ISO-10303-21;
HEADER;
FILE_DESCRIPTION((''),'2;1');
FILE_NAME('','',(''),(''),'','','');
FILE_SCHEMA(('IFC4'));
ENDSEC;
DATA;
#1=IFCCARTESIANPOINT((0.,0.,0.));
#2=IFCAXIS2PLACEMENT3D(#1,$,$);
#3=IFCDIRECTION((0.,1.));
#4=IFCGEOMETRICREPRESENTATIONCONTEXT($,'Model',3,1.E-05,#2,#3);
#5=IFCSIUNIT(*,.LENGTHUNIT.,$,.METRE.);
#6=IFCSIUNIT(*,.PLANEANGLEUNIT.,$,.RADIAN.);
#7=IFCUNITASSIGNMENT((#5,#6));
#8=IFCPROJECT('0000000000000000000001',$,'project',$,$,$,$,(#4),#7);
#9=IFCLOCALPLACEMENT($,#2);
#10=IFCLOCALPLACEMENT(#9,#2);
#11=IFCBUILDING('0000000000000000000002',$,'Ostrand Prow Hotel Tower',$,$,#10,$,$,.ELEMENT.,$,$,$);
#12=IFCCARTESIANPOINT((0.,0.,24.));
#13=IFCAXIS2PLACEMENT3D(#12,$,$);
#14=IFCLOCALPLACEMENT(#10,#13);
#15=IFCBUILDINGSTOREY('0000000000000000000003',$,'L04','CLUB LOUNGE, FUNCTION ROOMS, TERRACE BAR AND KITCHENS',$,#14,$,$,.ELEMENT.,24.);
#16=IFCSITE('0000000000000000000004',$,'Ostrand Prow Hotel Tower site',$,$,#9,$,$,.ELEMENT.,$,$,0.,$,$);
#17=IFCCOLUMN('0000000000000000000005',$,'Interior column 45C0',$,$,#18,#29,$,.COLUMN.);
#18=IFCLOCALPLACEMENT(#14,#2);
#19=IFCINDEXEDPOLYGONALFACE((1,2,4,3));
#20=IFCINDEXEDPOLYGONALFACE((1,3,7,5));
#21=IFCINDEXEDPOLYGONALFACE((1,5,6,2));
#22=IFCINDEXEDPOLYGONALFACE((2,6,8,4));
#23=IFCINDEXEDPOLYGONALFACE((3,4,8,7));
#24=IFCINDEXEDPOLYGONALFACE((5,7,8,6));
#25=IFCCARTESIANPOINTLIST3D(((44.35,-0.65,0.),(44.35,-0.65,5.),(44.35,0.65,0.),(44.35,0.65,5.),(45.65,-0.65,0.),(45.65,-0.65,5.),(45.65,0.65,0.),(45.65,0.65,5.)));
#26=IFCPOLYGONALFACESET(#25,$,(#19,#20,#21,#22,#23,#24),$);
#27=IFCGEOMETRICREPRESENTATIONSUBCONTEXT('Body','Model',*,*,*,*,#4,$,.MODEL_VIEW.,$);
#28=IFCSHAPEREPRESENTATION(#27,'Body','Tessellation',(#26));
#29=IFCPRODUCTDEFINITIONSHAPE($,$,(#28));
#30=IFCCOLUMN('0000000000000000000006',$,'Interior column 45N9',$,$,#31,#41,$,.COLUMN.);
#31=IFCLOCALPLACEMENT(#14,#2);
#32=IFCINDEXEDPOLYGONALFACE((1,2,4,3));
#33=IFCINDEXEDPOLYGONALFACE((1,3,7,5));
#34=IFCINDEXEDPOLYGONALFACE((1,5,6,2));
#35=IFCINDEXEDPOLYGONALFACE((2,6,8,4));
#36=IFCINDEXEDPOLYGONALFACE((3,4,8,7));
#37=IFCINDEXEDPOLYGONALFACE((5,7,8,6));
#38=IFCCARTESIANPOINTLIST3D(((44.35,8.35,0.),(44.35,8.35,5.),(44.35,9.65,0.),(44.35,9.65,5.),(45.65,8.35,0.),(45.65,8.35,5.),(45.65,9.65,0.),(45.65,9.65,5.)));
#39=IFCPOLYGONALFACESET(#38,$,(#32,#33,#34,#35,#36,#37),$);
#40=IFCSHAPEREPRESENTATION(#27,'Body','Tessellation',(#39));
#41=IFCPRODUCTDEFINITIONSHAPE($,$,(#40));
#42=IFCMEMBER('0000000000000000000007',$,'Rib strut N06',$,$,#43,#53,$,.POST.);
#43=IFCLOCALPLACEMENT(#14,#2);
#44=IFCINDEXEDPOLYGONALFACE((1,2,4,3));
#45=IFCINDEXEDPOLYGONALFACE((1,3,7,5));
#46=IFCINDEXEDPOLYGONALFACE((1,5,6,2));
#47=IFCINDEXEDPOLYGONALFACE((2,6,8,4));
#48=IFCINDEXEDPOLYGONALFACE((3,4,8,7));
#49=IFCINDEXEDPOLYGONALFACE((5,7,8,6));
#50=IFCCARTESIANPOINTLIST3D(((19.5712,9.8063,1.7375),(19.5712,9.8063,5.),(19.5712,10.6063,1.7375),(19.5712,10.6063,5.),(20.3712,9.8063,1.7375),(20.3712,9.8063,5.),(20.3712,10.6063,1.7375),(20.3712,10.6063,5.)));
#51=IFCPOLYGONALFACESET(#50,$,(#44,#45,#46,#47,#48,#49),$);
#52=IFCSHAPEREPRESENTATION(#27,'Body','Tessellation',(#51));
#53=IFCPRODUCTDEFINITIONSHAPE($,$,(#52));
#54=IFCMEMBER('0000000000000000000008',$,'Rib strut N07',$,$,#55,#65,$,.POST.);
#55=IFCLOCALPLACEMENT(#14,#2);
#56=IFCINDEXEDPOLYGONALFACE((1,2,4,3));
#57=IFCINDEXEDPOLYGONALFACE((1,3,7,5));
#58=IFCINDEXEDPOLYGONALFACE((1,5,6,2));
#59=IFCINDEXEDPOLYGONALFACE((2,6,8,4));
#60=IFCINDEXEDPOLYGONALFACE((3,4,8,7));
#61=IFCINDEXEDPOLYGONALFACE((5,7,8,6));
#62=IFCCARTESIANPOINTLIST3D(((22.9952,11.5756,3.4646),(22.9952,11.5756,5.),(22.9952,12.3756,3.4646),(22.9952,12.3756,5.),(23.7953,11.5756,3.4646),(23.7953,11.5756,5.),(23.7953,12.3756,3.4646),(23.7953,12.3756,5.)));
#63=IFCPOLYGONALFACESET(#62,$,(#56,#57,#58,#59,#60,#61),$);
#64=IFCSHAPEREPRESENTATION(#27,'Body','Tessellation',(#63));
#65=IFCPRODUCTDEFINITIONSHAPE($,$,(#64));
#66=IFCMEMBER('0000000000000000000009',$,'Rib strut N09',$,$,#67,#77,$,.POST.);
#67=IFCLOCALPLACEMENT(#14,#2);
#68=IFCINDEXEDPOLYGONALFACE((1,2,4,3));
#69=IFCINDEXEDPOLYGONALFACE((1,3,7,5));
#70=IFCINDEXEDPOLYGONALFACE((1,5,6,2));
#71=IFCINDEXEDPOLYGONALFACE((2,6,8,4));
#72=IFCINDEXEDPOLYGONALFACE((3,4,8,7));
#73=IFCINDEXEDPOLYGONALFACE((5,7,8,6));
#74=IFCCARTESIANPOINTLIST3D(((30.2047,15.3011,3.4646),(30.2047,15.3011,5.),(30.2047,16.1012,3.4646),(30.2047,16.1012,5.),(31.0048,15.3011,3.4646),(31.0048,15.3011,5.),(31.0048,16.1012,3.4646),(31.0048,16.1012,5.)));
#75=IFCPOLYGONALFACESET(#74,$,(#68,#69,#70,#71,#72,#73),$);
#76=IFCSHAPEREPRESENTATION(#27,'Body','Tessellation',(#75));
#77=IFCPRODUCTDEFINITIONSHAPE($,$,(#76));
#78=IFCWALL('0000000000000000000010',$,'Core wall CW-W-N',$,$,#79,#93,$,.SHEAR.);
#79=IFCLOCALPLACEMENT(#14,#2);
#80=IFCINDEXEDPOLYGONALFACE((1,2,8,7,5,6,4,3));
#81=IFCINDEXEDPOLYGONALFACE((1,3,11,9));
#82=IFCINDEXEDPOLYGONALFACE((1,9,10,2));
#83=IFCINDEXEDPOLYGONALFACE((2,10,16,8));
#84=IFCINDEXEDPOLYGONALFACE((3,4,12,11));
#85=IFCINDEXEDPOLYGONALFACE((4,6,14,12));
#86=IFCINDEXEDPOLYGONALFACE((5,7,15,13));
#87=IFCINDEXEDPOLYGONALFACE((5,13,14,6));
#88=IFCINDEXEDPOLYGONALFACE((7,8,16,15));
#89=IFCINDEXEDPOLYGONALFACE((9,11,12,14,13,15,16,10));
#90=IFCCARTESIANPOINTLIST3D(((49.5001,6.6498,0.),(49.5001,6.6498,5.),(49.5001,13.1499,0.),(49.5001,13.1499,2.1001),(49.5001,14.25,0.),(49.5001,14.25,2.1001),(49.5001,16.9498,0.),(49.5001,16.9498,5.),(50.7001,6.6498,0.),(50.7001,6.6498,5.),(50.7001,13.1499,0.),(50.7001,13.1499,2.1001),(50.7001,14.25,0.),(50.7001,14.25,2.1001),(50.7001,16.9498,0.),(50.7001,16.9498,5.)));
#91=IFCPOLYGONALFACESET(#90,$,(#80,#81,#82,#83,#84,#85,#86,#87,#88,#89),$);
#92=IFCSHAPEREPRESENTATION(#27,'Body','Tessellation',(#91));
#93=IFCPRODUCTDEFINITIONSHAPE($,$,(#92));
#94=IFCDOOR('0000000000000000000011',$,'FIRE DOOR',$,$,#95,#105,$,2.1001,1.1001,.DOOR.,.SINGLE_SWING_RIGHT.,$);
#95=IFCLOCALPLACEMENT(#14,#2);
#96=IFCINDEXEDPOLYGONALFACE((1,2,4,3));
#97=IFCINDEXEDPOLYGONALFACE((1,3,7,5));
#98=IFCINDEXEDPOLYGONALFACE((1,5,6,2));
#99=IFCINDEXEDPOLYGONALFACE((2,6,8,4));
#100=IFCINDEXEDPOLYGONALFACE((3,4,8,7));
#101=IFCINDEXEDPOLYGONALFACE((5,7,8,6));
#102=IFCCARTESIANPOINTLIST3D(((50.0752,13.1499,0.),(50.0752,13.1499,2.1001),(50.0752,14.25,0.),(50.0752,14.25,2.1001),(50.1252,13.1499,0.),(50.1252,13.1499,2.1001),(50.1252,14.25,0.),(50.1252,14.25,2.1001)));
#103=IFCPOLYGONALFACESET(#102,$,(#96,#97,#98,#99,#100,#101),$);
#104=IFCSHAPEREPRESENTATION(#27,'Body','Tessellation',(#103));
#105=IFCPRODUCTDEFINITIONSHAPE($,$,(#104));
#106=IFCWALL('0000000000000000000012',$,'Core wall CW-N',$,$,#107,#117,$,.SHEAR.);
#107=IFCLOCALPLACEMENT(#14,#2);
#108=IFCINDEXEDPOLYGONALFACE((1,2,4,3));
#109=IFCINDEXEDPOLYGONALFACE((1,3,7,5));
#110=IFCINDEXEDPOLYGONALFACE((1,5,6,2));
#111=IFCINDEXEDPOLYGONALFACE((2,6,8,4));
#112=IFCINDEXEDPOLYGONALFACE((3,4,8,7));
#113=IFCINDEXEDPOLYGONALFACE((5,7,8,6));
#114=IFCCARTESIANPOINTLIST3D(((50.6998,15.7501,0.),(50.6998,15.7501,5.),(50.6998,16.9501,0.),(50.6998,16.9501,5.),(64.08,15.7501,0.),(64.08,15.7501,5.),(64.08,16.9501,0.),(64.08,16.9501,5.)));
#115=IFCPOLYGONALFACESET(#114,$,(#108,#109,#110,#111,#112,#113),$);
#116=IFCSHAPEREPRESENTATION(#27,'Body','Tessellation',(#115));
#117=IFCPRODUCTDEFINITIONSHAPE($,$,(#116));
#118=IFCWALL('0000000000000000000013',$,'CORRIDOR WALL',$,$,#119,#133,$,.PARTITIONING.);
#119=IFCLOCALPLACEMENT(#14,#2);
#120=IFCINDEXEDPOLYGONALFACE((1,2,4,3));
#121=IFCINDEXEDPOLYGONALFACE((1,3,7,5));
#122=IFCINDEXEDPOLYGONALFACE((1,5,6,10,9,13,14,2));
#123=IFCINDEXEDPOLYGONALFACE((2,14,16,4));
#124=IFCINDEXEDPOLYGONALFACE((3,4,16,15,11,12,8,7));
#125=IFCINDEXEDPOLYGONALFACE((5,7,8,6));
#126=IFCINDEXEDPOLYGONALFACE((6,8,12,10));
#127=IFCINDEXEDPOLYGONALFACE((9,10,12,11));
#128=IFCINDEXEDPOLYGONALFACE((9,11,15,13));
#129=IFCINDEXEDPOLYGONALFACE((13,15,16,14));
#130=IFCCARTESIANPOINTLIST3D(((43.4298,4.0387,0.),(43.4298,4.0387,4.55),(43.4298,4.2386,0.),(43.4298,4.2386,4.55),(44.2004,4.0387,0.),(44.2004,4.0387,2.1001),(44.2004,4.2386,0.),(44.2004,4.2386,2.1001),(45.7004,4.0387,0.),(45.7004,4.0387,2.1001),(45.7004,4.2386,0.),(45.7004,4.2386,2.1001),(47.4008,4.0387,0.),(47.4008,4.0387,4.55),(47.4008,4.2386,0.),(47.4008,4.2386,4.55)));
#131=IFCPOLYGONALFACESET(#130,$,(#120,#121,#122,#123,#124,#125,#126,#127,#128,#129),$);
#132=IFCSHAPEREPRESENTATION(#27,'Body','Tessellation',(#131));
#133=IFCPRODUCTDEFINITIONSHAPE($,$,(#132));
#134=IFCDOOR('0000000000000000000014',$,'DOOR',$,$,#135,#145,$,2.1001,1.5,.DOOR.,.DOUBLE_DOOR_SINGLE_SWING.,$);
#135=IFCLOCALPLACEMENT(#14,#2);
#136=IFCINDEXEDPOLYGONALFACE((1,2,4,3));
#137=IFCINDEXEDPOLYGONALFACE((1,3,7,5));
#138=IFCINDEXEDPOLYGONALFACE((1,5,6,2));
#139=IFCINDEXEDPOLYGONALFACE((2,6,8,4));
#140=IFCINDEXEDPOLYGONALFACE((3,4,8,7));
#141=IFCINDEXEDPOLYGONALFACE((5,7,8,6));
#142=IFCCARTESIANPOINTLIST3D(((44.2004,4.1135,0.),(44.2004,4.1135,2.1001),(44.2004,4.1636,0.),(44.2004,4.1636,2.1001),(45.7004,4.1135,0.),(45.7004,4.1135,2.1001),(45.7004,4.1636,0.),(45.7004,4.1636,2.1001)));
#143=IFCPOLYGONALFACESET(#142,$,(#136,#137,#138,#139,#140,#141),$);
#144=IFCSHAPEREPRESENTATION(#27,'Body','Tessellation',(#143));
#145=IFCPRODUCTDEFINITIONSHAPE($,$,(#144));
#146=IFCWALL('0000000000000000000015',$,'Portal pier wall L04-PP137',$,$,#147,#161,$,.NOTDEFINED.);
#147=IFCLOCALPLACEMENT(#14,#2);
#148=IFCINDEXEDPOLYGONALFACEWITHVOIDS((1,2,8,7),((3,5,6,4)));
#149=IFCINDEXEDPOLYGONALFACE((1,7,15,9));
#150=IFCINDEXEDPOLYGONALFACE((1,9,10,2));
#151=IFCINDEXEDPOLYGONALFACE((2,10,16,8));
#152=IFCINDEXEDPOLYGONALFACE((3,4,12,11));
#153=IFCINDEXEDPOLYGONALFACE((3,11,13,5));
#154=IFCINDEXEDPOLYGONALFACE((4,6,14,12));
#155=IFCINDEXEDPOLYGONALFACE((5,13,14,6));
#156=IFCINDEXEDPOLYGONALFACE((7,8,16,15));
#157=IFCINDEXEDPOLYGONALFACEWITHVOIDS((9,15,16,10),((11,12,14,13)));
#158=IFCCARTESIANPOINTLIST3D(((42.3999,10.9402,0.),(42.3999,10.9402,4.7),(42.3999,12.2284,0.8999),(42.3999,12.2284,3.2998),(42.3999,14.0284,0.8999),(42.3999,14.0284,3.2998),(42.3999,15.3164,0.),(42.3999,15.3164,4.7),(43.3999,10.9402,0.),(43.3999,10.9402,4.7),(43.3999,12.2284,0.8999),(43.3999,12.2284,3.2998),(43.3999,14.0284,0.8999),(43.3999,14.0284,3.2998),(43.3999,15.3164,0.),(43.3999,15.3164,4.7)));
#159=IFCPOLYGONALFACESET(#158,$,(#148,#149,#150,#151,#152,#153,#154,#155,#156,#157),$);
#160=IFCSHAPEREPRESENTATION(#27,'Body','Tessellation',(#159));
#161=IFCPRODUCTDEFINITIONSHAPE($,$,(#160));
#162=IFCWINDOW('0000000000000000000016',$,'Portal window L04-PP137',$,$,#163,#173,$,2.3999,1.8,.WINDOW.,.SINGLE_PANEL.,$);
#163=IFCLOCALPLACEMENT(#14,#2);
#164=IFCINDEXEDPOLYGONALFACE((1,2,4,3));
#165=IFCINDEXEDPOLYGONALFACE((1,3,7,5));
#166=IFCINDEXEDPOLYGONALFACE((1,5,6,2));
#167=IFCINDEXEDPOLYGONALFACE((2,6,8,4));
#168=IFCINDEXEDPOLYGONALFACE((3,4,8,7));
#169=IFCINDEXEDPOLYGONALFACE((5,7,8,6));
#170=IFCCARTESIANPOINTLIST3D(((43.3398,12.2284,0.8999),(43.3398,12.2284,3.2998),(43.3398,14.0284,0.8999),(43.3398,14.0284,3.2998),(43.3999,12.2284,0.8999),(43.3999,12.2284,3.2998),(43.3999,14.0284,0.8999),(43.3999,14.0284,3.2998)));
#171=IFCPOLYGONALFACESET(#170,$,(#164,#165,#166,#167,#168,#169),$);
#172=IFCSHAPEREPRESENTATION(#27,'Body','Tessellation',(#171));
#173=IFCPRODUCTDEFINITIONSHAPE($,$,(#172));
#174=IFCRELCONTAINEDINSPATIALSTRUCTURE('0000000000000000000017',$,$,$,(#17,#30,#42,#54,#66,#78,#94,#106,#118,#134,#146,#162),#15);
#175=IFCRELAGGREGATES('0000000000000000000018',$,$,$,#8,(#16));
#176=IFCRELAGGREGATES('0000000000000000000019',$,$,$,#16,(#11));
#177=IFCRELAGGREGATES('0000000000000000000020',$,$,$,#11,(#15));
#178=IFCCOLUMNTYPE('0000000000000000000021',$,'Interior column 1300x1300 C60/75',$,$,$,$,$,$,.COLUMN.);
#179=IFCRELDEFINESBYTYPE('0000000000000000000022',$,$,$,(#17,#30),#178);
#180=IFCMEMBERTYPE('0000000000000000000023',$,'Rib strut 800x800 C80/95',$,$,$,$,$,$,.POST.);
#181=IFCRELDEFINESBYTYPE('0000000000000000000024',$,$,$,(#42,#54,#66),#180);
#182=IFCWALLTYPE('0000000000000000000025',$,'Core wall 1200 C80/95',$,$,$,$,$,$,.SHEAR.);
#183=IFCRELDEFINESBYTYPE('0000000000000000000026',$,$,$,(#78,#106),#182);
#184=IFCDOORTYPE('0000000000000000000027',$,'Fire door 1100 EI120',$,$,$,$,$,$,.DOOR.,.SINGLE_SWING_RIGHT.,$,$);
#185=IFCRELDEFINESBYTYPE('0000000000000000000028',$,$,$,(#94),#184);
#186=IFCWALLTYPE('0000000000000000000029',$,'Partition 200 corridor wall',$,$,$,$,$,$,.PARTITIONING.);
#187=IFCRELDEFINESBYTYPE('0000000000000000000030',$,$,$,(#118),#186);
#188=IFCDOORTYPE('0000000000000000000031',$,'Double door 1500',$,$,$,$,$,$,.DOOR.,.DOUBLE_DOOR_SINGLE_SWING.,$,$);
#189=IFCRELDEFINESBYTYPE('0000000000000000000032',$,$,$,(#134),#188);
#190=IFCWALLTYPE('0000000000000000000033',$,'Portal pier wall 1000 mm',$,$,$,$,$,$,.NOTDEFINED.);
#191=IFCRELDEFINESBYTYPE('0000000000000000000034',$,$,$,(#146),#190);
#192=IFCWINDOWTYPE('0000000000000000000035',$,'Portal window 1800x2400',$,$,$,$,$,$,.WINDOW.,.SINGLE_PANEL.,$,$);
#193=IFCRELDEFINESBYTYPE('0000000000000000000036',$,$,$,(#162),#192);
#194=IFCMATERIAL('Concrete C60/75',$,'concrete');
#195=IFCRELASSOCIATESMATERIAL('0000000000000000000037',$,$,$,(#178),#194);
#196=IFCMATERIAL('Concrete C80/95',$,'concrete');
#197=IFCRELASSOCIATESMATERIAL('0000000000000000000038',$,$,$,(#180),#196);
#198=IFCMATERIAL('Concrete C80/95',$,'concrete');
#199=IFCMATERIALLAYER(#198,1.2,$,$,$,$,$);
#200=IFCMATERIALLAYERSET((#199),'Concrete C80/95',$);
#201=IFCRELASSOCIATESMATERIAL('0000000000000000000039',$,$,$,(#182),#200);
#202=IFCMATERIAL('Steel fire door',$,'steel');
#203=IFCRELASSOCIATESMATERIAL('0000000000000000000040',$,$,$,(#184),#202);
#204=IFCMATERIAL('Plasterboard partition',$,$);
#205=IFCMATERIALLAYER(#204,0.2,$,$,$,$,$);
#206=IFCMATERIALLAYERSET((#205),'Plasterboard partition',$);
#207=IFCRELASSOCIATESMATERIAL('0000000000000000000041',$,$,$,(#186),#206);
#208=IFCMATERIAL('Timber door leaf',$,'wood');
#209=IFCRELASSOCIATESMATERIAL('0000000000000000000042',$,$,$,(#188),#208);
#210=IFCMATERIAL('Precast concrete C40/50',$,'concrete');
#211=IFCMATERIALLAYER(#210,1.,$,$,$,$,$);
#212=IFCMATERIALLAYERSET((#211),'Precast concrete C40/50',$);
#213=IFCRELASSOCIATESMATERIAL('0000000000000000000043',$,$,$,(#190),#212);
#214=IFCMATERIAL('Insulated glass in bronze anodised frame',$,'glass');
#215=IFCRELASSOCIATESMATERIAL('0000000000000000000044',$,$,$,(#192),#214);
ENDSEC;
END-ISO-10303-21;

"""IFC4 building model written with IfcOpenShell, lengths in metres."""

from ifc_helpers import new_model, si_unit, direction, frame, frame_2d, origin, origin_2d, place, context, subcontext, project, spatial, polyline, rectangle, outline, extrude, material, layer, layer_set, material_profile, profile_set, type_object, element, fill, save


model = new_model("IFC4")

# Units and contexts
model_context = context("Model", 3, precision=1e-05, world=origin(), true_north=direction((0.0, 1.0)))
body_context = subcontext(model_context, "Body", "Model", "MODEL_VIEW")
ifc_project = project(units=[si_unit("LENGTHUNIT", "METRE"), si_unit("PLANEANGLEUNIT", "RADIAN")], contexts=[model_context])

# Site, building, storey
site_placement = place(None, origin())
site = spatial("IfcSite", under=ifc_project, at=site_placement, Name="Ostrand Prow Hotel Tower site", CompositionType="ELEMENT", RefElevation=0.0)
building_placement = place(site_placement, origin())
building = spatial("IfcBuilding", under=site, at=building_placement, Name="Ostrand Prow Hotel Tower", CompositionType="ELEMENT")
storey_placement = place(building_placement, frame((0.0, 0.0, 24.0)))
storey = spatial("IfcBuildingStorey", under=building, at=storey_placement, Name="L04", Description="CLUB LOUNGE, FUNCTION ROOMS, TERRACE BAR AND KITCHENS", CompositionType="ELEMENT", Elevation=24.0)

# Columns
ifc_material_1 = material(Name="Concrete C60/75", Category="concrete")
ifc_material_profile_1 = material_profile(ifc_material_1, rectangle(XDim=1.3, YDim=1.3, at=origin_2d()), Name="RC 1300x1300")
ifc_profile_set_1 = profile_set([ifc_material_profile_1], Name="Concrete C60/75")
column_type = type_object("IfcColumnType", Name="Interior column 1300x1300 C60/75", PredefinedType="COLUMN", material=ifc_profile_set_1)
for number, where, z_axis, x_axis, name in (
    (1, (45.0, 0.0, 0.0), (0.0, 0.0, 1.0), (1.0, 0.0, 0.0), "Interior column 45C0"),
    (2, (45.0, 9.0, 0.0), (0.0, 0.0, 1.0), (1.0, 0.0, 0.0), "Interior column 45N9"),
):
    element("IfcColumn", number, at=place(storey_placement, frame(where, z_axis=z_axis, x_axis=x_axis)), inside=storey, type_object=column_type, Name=name, PredefinedType="COLUMN", context=body_context, shape_type="SweptSolid", body=[
        extrude(rectangle(XDim=1.3, YDim=1.3, at=origin_2d()), origin(), (0.0, 0.0, 1.0), 5.0),
    ])

# Members
ifc_material_2 = material(Name="Concrete C80/95", Category="concrete")
ifc_material_profile_2 = material_profile(ifc_material_2, rectangle(XDim=0.8, YDim=0.8, at=origin_2d()), Name="RC 800x800")
ifc_profile_set_2 = profile_set([ifc_material_profile_2], Name="Concrete C80/95")
member_type = type_object("IfcMemberType", Name="Rib strut 800x800 C80/95", PredefinedType="POST", material=ifc_profile_set_2)
member_placement = place(storey_placement, frame((19.9712, 10.2063, 1.7375), z_axis=(0.0, 0.0, 1.0), x_axis=(1.0, 0.0, 0.0)))
element("IfcMember", 3, at=member_placement, inside=storey, type_object=member_type, Name="Rib strut N06", PredefinedType="POST", context=body_context, shape_type="SweptSolid", body=[
    extrude(rectangle(XDim=0.8, YDim=0.8, at=origin_2d()), origin(), (0.0, 0.0, 1.0), 3.2625),
])
for number, where, z_axis, x_axis, name in (
    (4, (23.3953, 11.9756, 3.4646), (0.0, 0.0, 1.0), (1.0, 0.0, 0.0), "Rib strut N07"),
    (5, (30.6047, 15.7012, 3.4646), (0.0, 0.0, 1.0), (1.0, 0.0, 0.0), "Rib strut N09"),
):
    element("IfcMember", number, at=place(storey_placement, frame(where, z_axis=z_axis, x_axis=x_axis)), inside=storey, type_object=member_type, Name=name, PredefinedType="POST", context=body_context, shape_type="SweptSolid", body=[
        extrude(rectangle(XDim=0.8, YDim=0.8, at=origin_2d()), origin(), (0.0, 0.0, 1.0), 1.5354),
    ])

# Wall, opening, door
ifc_material_3 = material(Name="Concrete C80/95", Category="concrete")
ifc_layer_1 = layer(ifc_material_3, 1.2)
ifc_layer_set_1 = layer_set([ifc_layer_1], Name="Concrete C80/95")
wall_type_1 = type_object("IfcWallType", Name="Core wall 1200 C80/95", PredefinedType="SHEAR", material=ifc_layer_set_1)
wall_1_placement = place(storey_placement, frame((50.1001, 6.6499, 0.0), z_axis=(0.0, 0.0, 1.0), x_axis=(0.0, 1.0, 0.0)))
wall_1 = element("IfcWall", 6, at=wall_1_placement, inside=storey, type_object=wall_type_1, Name="Core wall CW-W-N", PredefinedType="SHEAR", context=body_context, shape_type="SweptSolid", body=[
    extrude(rectangle(XDim=10.3, YDim=1.2, at=frame_2d((5.1499, 0.0))), origin(), (0.0, 0.0, 1.0), 5.0),
])
opening_1_placement = place(wall_1_placement, frame((6.5, 0.0, 0.0)))
opening_1 = element("IfcOpeningElement", 7, at=opening_1_placement, cuts=wall_1, PredefinedType="OPENING", context=body_context, shape_type="SweptSolid", body=[
    extrude(rectangle(XDim=1.1001, YDim=2.1001, at=frame_2d((0.55, 1.05))), frame((0.0, 0.6099, 0.0), z_axis=(0.0, -1.0, 0.0), x_axis=(1.0, 0.0, 0.0)), (0.0, 0.0, 1.0), 1.22),
])
ifc_material_4 = material(Name="Steel fire door", Category="steel")
door_type_1 = type_object("IfcDoorType", Name="Fire door 1100 EI120", OperationType="SINGLE_SWING_RIGHT", PredefinedType="DOOR", material=ifc_material_4)
door_1_placement = place(opening_1_placement, origin())
door_1 = element("IfcDoor", 8, at=door_1_placement, inside=storey, type_object=door_type_1, Name="FIRE DOOR", OperationType="SINGLE_SWING_RIGHT", OverallHeight=2.1001, OverallWidth=1.1001, PredefinedType="DOOR", context=body_context, shape_type="SweptSolid", body=[
    extrude(rectangle(XDim=1.1001, YDim=2.1001, at=frame_2d((0.55, 1.05))), frame((0.0, 0.0249, 0.0), z_axis=(0.0, -1.0, 0.0), x_axis=(1.0, 0.0, 0.0)), (0.0, 0.0, 1.0), 0.05),
])
fill(opening_1, door_1)

# Wall
wall_2_placement = place(storey_placement, frame((50.7, 16.3501, 0.0), z_axis=(0.0, 0.0, 1.0), x_axis=(1.0, 0.0, 0.0)))
element("IfcWall", 9, at=wall_2_placement, inside=storey, type_object=wall_type_1, Name="Core wall CW-N", PredefinedType="SHEAR", context=body_context, shape_type="SweptSolid", body=[
    extrude(rectangle(XDim=13.3801, YDim=1.2, at=frame_2d((6.6899, 0.0))), origin(), (0.0, 0.0, 1.0), 5.0),
])

# Wall, opening, door
ifc_material_5 = material(Name="Plasterboard partition")
ifc_layer_2 = layer(ifc_material_5, 0.2)
ifc_layer_set_2 = layer_set([ifc_layer_2], Name="Plasterboard partition")
wall_type_2 = type_object("IfcWallType", Name="Partition 200 corridor wall", PredefinedType="PARTITIONING", material=ifc_layer_set_2)
wall_3_placement = place(storey_placement, frame((43.4299, 4.1387, 0.0), z_axis=(0.0, 0.0, 1.0), x_axis=(1.0, 0.0, 0.0)))
wall_3 = element("IfcWall", 10, at=wall_3_placement, inside=storey, type_object=wall_type_2, Name="CORRIDOR WALL", PredefinedType="PARTITIONING", context=body_context, shape_type="SweptSolid", body=[
    extrude(rectangle(XDim=3.9709, YDim=0.2, at=frame_2d((1.9854, 0.0))), origin(), (0.0, 0.0, 1.0), 4.55),
])
opening_2_placement = place(wall_3_placement, frame((0.7705, 0.0, 0.0)))
opening_2 = element("IfcOpeningElement", 11, at=opening_2_placement, cuts=wall_3, PredefinedType="OPENING", context=body_context, shape_type="SweptSolid", body=[
    extrude(rectangle(XDim=1.5, YDim=2.1001, at=frame_2d((0.75, 1.05))), frame((0.0, 0.1099, 0.0), z_axis=(0.0, -1.0, 0.0), x_axis=(1.0, 0.0, 0.0)), (0.0, 0.0, 1.0), 0.22),
])
ifc_material_6 = material(Name="Timber door leaf", Category="wood")
door_type_2 = type_object("IfcDoorType", Name="Double door 1500", OperationType="DOUBLE_DOOR_SINGLE_SWING", PredefinedType="DOOR", material=ifc_material_6)
door_2_placement = place(opening_2_placement, origin())
door_2 = element("IfcDoor", 12, at=door_2_placement, inside=storey, type_object=door_type_2, Name="DOOR", OperationType="DOUBLE_DOOR_SINGLE_SWING", OverallHeight=2.1001, OverallWidth=1.5, PredefinedType="DOOR", context=body_context, shape_type="SweptSolid", body=[
    extrude(rectangle(XDim=1.5, YDim=2.1001, at=frame_2d((0.75, 1.05))), frame((0.0, 0.0249, 0.0), z_axis=(0.0, -1.0, 0.0), x_axis=(1.0, 0.0, 0.0)), (0.0, 0.0, 1.0), 0.05),
])
fill(opening_2, door_2)

# Wall, opening, window
ifc_material_7 = material(Name="Precast concrete C40/50", Category="concrete")
ifc_layer_3 = layer(ifc_material_7, 1.0)
ifc_layer_set_3 = layer_set([ifc_layer_3], Name="Precast concrete C40/50")
wall_type_3 = type_object("IfcWallType", Name="Portal pier wall 1000 mm", PredefinedType="NOTDEFINED", material=ifc_layer_set_3)
wall_4_placement = place(storey_placement, frame((42.8999, 15.3164, 0.0), z_axis=(0.0, 0.0, 1.0), x_axis=(0.0, -1.0, 0.0)))
wall_4 = element("IfcWall", 13, at=wall_4_placement, inside=storey, type_object=wall_type_3, Name="Portal pier wall L04-PP137", PredefinedType="NOTDEFINED", context=body_context, shape_type="SweptSolid", body=[
    extrude(outline(polyline([(0.0, -0.5), (4.3762, -0.5), (4.3762, 0.5), (0.0, 0.5), (0.0, -0.5)])), origin(), (0.0, 0.0, 1.0), 4.7),
])
opening_3_placement = place(wall_4_placement, frame((1.2881, 0.0, 0.8999)))
opening_3 = element("IfcOpeningElement", 14, at=opening_3_placement, cuts=wall_4, PredefinedType="OPENING", context=body_context, shape_type="SweptSolid", body=[
    extrude(rectangle(XDim=1.8, YDim=2.3999, at=frame_2d((0.8999, 1.2))), frame((0.0, 0.51, 0.0), z_axis=(0.0, -1.0, 0.0), x_axis=(1.0, 0.0, 0.0)), (0.0, 0.0, 1.0), 1.02),
])
ifc_material_8 = material(Name="Insulated glass in bronze anodised frame", Category="glass")
window_type = type_object("IfcWindowType", Name="Portal window 1800x2400", PartitioningType="SINGLE_PANEL", PredefinedType="WINDOW", material=ifc_material_8)
window_1_placement = place(opening_3_placement, origin())
window_1 = element("IfcWindow", 15, at=window_1_placement, inside=storey, type_object=window_type, Name="Portal window L04-PP137", OverallHeight=2.3999, OverallWidth=1.8, PartitioningType="SINGLE_PANEL", PredefinedType="WINDOW", context=body_context, shape_type="SweptSolid", body=[
    extrude(rectangle(XDim=1.8, YDim=2.3999, at=frame_2d((0.8999, 1.2))), frame((0.0, 0.5, 0.0), z_axis=(0.0, -1.0, 0.0), x_axis=(1.0, 0.0, 0.0)), (0.0, 0.0, 1.0), 0.0601),
])
fill(opening_3, window_1)

save(model, "model.ifc")
